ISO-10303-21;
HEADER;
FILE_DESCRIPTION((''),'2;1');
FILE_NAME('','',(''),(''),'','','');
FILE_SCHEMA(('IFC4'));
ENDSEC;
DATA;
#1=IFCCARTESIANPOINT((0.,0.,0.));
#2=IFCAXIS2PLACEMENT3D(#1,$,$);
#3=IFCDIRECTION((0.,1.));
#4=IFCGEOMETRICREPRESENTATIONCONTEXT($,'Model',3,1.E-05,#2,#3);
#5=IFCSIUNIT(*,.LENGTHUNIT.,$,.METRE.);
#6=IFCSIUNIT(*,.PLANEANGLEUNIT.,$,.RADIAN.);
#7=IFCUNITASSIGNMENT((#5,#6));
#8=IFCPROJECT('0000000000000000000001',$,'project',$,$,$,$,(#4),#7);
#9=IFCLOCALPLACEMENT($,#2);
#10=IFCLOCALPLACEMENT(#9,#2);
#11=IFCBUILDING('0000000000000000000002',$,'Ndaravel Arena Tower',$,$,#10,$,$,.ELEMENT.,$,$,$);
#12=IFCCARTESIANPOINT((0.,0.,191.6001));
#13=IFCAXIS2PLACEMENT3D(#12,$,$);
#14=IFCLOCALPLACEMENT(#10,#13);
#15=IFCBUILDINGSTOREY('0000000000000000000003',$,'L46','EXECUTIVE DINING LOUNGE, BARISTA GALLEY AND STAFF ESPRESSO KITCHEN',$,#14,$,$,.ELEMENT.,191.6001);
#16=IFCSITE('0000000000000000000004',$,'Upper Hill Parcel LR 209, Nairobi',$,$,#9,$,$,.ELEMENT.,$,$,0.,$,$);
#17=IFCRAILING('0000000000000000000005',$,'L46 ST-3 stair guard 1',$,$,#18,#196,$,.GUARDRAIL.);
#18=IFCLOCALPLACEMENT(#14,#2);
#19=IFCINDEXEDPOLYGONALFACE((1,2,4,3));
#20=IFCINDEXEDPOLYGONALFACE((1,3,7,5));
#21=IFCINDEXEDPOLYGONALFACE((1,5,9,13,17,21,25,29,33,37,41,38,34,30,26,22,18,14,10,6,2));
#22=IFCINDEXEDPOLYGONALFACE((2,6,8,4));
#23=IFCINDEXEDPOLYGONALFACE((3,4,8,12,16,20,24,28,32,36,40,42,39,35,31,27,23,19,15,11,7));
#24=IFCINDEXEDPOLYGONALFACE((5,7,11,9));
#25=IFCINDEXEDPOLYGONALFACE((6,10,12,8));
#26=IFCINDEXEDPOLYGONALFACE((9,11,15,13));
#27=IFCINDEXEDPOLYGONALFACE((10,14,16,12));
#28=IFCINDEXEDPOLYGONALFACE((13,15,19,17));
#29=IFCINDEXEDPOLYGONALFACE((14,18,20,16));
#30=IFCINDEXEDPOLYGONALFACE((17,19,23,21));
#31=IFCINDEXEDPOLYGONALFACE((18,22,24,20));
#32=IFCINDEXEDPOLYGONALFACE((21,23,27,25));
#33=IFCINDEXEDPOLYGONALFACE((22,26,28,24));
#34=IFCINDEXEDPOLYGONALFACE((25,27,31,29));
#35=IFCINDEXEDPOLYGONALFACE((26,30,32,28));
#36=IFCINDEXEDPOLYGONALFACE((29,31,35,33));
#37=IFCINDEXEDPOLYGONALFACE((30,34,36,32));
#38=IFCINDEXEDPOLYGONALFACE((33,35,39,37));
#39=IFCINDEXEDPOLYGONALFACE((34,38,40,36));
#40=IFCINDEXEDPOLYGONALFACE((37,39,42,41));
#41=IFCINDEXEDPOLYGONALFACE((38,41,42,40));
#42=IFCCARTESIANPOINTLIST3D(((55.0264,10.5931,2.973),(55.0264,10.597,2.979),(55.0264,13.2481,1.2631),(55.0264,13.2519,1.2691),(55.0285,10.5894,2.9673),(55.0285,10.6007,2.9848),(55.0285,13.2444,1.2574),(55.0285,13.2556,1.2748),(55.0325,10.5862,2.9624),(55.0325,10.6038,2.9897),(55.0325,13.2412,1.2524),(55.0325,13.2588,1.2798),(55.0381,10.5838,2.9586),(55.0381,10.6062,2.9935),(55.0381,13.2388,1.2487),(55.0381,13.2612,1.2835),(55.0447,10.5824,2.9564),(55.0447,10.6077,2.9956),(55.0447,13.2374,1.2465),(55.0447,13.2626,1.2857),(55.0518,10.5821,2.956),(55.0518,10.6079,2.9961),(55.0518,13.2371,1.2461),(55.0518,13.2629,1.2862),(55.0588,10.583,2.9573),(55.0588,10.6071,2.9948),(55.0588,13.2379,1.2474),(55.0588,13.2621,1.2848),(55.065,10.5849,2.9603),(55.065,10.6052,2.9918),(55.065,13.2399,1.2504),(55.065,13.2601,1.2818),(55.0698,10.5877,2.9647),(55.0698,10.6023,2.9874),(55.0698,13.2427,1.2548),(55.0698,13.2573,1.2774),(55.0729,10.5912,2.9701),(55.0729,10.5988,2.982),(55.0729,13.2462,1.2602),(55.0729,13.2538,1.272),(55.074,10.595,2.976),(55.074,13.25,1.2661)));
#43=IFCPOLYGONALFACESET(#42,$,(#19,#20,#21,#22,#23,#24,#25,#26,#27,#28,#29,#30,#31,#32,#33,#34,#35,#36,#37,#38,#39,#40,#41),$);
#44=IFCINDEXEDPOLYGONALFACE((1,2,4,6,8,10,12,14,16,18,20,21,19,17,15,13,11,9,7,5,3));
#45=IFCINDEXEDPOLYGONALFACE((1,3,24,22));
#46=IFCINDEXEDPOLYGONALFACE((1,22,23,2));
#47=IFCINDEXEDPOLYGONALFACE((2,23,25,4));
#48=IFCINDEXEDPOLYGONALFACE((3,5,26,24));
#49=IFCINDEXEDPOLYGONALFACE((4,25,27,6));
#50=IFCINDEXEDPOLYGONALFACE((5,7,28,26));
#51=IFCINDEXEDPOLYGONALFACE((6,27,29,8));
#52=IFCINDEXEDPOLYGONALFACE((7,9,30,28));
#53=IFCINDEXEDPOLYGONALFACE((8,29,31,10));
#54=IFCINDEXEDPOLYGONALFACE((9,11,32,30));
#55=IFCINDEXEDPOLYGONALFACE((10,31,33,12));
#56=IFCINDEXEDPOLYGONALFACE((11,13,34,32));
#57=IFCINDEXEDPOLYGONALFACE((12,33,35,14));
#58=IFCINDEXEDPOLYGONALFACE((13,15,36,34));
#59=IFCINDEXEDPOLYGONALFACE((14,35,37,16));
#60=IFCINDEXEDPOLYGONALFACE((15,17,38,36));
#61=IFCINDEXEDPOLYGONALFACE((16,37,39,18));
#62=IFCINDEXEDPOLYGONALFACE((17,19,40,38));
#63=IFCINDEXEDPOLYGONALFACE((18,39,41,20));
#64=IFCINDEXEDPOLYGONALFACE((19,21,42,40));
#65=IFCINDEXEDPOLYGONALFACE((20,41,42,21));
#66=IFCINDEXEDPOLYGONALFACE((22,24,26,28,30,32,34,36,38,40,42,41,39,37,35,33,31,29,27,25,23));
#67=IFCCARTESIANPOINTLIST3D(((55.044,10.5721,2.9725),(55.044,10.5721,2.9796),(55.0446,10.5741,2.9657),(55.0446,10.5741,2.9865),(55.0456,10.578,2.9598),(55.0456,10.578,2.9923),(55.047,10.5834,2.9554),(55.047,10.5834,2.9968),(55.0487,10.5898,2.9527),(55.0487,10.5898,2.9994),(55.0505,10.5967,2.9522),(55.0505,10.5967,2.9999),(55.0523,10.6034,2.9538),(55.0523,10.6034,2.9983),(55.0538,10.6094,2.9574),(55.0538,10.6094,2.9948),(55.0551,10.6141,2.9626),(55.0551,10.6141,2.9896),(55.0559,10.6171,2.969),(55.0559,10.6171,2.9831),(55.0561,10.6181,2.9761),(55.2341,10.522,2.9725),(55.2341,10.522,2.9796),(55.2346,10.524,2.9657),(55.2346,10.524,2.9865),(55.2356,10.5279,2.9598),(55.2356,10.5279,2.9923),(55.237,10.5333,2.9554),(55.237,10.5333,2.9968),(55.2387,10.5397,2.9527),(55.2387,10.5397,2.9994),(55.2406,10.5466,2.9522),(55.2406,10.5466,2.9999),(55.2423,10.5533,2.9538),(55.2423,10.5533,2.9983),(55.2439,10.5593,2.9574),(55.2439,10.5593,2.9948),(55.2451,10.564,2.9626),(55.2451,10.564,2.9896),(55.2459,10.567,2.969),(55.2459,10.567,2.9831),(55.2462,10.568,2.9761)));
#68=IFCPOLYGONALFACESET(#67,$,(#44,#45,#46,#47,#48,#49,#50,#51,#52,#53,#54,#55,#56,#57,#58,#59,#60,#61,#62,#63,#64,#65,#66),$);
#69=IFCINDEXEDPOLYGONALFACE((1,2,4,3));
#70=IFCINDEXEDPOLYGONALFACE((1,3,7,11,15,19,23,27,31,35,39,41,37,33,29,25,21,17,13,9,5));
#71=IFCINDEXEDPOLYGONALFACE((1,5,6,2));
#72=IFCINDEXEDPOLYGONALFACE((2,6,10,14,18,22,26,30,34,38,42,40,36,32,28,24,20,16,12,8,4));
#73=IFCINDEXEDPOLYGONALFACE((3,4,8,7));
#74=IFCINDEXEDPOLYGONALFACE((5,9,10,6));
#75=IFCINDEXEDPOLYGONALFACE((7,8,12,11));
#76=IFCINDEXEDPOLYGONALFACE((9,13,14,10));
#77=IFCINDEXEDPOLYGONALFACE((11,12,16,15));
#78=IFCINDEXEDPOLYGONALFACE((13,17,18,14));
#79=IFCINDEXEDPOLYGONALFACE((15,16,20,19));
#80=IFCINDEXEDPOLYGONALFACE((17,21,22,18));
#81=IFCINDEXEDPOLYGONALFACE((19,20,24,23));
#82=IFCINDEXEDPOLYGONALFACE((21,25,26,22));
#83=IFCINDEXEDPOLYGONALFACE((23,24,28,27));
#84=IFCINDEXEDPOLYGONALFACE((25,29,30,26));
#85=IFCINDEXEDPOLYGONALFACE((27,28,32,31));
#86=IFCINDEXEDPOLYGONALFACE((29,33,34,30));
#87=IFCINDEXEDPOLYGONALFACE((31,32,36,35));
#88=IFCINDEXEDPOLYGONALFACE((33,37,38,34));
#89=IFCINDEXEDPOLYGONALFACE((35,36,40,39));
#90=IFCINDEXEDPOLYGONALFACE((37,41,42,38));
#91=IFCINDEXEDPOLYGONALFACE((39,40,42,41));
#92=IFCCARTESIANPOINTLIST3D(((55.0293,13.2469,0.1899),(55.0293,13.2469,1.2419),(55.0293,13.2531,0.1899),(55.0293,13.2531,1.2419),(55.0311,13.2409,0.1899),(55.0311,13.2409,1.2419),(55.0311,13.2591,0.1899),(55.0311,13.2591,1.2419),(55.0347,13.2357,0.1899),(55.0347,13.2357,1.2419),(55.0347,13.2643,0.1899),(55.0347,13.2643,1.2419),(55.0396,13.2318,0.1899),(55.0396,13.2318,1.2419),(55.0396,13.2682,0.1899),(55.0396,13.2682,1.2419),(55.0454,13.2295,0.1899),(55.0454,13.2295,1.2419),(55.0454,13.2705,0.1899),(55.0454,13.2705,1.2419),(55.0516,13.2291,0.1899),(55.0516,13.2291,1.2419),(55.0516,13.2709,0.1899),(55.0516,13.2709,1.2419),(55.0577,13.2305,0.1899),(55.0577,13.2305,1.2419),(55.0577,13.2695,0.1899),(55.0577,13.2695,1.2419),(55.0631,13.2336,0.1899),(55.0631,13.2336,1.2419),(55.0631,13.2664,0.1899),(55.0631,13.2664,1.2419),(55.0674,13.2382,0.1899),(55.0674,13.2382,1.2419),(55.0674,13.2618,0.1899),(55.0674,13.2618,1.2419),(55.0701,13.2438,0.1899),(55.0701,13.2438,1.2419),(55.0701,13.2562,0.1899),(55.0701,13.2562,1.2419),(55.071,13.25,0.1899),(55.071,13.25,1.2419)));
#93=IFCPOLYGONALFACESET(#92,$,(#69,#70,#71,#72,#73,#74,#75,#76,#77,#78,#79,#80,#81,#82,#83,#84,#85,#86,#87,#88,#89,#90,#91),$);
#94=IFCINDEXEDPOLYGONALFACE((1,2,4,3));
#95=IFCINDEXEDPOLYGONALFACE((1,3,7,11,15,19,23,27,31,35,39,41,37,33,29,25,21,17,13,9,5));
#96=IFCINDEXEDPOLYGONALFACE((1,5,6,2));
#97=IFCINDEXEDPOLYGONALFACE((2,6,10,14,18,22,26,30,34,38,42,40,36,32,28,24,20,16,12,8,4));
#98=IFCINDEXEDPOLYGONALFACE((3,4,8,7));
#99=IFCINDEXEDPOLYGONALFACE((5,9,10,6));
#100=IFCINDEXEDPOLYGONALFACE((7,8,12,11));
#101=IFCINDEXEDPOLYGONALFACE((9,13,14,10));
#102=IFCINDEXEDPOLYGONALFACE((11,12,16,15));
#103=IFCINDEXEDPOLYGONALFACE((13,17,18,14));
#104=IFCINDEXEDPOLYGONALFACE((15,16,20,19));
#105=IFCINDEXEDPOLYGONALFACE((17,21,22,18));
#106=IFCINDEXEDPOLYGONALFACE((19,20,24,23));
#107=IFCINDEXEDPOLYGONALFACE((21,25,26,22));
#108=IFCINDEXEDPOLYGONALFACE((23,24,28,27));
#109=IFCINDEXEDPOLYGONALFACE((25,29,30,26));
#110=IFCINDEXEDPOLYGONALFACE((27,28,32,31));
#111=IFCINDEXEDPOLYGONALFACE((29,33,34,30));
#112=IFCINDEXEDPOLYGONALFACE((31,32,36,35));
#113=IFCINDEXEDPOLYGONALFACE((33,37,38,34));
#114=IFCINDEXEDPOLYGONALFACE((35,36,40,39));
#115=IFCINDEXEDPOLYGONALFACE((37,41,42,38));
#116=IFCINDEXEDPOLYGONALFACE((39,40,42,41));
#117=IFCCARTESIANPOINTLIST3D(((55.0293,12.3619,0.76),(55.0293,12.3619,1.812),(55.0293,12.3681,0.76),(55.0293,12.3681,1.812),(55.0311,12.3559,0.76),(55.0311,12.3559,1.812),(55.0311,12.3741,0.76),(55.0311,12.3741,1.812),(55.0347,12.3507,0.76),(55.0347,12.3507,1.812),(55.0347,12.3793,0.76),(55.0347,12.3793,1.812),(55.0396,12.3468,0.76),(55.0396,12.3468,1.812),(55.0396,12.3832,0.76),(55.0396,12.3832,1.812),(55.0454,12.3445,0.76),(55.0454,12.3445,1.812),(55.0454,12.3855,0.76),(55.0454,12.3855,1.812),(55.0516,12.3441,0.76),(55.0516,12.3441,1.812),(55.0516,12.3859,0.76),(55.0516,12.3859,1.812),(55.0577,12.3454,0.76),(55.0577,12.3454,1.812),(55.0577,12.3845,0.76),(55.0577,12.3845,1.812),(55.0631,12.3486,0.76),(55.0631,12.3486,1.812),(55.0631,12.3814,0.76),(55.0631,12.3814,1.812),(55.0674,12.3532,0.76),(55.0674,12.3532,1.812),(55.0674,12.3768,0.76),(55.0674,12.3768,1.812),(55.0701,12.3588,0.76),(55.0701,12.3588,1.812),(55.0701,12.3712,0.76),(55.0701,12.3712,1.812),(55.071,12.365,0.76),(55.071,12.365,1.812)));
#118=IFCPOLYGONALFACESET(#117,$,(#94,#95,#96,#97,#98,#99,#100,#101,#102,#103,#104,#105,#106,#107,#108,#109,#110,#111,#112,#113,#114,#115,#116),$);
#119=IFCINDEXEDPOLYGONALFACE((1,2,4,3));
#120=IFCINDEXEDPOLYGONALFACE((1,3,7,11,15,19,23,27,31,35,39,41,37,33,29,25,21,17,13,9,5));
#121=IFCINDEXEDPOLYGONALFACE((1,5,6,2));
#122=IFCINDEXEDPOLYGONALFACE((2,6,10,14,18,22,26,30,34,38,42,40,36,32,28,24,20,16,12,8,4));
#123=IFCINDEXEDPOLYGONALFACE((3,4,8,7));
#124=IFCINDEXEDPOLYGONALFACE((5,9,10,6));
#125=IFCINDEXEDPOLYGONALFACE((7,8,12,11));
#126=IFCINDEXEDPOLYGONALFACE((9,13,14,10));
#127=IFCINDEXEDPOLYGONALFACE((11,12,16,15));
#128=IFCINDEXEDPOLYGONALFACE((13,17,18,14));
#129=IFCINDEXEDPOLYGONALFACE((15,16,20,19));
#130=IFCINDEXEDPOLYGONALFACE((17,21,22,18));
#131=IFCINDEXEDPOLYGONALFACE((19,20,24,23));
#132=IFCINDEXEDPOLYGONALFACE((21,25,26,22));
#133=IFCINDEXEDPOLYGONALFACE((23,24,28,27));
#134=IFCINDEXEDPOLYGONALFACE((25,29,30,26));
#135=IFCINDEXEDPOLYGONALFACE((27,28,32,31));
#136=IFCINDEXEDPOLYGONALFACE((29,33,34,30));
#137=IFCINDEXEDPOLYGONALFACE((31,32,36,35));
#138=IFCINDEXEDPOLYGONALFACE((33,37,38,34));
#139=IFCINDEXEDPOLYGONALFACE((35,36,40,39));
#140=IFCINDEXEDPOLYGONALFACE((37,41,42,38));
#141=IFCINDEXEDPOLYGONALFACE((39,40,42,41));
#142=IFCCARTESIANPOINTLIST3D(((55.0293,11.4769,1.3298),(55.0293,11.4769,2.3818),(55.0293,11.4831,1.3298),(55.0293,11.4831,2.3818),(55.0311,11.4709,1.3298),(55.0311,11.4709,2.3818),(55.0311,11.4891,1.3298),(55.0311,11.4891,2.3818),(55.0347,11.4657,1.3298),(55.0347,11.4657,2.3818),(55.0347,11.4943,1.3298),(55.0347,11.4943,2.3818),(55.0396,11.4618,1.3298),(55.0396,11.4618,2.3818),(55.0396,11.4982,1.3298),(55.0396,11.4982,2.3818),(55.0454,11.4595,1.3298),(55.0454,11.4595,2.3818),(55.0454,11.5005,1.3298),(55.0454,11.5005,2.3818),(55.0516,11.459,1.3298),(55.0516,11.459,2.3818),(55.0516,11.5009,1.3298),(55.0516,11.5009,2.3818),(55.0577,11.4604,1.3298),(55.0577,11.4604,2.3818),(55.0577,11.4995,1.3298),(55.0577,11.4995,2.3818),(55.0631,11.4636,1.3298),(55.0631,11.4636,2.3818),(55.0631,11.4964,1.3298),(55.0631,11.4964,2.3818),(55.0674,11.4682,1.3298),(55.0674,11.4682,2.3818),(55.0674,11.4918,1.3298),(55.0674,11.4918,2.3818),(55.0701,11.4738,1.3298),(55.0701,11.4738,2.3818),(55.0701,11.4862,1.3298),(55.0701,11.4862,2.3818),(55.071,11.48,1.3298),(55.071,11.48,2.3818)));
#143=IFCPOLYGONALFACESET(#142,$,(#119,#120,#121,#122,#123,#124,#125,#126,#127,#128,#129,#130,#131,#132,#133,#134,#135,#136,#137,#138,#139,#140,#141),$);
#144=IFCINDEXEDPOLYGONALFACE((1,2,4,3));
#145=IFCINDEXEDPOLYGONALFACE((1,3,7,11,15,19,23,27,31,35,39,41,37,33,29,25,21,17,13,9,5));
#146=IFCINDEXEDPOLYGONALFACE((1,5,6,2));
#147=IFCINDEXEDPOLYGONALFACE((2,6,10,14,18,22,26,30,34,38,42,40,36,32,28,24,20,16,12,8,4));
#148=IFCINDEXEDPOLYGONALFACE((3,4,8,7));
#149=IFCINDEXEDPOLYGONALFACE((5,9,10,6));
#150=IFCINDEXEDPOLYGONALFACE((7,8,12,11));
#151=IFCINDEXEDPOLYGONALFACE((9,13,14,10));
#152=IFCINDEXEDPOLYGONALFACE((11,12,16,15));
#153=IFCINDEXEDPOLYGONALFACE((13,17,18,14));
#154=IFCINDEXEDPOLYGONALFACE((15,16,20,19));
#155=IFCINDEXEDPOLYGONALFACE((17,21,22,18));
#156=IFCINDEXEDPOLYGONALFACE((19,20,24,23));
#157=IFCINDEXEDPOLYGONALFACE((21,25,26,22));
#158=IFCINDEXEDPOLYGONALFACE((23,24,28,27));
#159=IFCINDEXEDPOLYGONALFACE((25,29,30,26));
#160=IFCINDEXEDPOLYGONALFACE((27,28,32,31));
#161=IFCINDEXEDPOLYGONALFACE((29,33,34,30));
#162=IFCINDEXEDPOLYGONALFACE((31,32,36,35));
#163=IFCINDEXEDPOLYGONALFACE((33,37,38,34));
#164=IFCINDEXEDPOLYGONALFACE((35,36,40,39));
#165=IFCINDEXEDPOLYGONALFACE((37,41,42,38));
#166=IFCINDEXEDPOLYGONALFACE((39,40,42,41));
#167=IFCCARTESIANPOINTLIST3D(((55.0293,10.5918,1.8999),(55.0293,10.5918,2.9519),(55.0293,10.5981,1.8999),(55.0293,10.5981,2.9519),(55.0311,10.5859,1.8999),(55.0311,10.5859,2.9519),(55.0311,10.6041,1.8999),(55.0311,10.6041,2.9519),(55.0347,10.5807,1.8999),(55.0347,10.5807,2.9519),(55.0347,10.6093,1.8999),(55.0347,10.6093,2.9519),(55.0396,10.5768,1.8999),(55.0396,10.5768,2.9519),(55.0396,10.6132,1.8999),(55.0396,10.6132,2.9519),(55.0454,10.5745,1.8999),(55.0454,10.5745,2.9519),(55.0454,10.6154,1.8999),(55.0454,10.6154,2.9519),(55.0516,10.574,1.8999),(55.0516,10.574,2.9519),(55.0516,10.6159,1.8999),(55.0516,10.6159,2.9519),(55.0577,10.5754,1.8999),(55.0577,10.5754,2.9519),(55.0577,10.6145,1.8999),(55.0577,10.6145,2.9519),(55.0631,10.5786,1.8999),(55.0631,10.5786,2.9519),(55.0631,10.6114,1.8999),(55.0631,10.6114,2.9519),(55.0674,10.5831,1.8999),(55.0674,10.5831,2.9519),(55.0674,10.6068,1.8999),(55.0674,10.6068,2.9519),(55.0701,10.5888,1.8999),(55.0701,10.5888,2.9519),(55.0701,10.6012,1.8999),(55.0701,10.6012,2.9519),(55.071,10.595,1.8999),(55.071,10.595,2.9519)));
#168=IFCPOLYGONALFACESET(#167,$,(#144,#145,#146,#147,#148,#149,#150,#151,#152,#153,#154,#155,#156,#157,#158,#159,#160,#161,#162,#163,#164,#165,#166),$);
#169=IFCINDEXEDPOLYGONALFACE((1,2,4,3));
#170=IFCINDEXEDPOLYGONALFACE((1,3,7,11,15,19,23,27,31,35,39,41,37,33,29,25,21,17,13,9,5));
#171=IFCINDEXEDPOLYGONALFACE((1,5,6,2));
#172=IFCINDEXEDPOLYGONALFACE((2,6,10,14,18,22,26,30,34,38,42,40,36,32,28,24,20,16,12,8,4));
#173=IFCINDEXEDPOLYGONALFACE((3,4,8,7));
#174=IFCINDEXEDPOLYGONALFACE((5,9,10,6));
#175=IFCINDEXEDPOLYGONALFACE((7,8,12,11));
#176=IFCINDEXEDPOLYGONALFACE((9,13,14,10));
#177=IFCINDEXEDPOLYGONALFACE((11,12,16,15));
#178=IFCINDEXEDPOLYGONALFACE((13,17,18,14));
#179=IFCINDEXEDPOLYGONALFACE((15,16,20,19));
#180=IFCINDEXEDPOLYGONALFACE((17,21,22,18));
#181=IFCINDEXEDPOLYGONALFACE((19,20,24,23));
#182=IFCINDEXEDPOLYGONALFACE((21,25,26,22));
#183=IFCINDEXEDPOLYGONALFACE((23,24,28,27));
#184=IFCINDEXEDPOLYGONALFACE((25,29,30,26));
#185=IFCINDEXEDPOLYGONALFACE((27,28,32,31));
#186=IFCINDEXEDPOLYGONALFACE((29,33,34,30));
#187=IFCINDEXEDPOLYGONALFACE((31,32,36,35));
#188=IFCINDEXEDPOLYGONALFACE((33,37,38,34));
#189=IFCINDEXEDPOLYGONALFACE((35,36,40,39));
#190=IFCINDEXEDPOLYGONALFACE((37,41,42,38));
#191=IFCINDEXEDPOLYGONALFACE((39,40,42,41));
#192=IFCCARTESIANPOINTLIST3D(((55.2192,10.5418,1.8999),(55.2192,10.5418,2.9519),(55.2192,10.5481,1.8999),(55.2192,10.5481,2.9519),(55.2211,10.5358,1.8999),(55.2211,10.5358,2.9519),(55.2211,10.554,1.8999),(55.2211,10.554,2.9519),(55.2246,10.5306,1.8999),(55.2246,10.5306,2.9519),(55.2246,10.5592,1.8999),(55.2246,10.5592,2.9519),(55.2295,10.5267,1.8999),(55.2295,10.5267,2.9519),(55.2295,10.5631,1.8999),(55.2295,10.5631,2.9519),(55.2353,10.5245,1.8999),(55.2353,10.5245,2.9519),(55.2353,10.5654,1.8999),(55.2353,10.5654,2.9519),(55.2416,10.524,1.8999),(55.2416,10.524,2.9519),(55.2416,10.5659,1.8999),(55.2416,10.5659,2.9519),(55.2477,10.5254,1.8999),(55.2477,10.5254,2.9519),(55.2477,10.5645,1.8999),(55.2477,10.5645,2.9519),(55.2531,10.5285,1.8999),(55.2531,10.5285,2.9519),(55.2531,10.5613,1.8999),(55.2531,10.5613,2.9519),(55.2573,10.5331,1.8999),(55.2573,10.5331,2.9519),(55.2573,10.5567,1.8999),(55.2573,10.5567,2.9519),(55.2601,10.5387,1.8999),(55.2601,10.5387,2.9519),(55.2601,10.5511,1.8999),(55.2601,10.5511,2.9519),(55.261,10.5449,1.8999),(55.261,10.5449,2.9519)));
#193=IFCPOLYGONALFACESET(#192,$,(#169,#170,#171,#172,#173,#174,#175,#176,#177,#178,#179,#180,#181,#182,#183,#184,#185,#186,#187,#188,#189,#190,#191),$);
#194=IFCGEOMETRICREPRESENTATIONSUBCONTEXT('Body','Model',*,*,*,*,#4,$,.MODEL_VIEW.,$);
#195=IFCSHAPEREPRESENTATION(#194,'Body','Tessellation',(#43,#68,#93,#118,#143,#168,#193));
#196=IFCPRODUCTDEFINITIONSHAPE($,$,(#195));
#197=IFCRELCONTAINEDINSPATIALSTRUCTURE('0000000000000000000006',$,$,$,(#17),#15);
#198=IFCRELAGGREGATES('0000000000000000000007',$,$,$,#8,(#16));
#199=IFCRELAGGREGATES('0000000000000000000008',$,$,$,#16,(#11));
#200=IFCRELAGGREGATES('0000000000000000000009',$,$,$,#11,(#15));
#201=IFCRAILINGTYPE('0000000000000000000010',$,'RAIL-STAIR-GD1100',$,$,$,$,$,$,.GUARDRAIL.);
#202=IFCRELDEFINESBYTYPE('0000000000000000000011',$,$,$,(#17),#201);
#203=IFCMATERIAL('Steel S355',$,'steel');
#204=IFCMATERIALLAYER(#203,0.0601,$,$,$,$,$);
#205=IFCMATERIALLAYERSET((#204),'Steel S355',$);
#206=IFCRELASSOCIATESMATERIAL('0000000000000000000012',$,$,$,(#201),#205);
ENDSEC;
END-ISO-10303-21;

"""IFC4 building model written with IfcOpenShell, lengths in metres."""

from ifc_helpers import new_model, si_unit, direction, frame, origin, origin_2d, place, context, subcontext, project, spatial, circle, extrude, material, layer, layer_set, type_object, element, save


model = new_model("IFC4")

# Units and contexts
model_context = context("Model", 3, precision=1e-05, world=origin(), true_north=direction((0.0, 1.0)))
body_context = subcontext(model_context, "Body", "Model", "MODEL_VIEW")
ifc_project = project(units=[si_unit("LENGTHUNIT", "METRE"), si_unit("PLANEANGLEUNIT", "RADIAN")], contexts=[model_context])

# Site, building, storey
site_placement = place(None, origin())
site = spatial("IfcSite", under=ifc_project, at=site_placement, Name="Upper Hill Parcel LR 209, Nairobi", CompositionType="ELEMENT", RefElevation=0.0)
building_placement = place(site_placement, origin())
building = spatial("IfcBuilding", under=site, at=building_placement, Name="Ndaravel Arena Tower", CompositionType="ELEMENT")
storey_placement = place(building_placement, frame((0.0, 0.0, 191.6001)))
storey = spatial("IfcBuildingStorey", under=building, at=storey_placement, Name="L46", Description="EXECUTIVE DINING LOUNGE, BARISTA GALLEY AND STAFF ESPRESSO KITCHEN", CompositionType="ELEMENT", Elevation=191.6001)

# Railing
ifc_material_1 = material(Name="Steel S355", Category="steel")
ifc_layer_1 = layer(ifc_material_1, 0.0601)
ifc_layer_set_1 = layer_set([ifc_layer_1], Name="Steel S355")
railing_type_1 = type_object("IfcRailingType", Name="RAIL-STAIR-GD1100", PredefinedType="GUARDRAIL", material=ifc_layer_set_1)
railing_1_placement = place(storey_placement, frame((55.05, 13.25, 0.1899)))
element("IfcRailing", 1, at=railing_1_placement, inside=storey, type_object=railing_type_1, Name="L46 ST-3 stair guard 1", PredefinedType="GUARDRAIL", context=body_context, shape_type="SweptSolid", body=[
    extrude(circle(Radius=0.0239, at=origin_2d()), frame((0.0, 0.0, 1.0762), z_axis=(0.0, -0.840724, 0.541465), x_axis=(1.0, 0.0, 0.0)), (0.0, 0.0, 1.0), 3.158),
    extrude(circle(Radius=0.0239, at=origin_2d()), frame((0.0, -2.655, 2.7861), z_axis=(0.966994, -0.254799, 0.0), x_axis=(0.254799, 0.966994, 0.0)), (0.0, 0.0, 1.0), 0.1965),
    extrude(circle(Radius=0.021, at=origin_2d()), origin(), (0.0, 0.0, 1.0), 1.052),
    extrude(circle(Radius=0.021, at=origin_2d()), frame((0.0, -0.885, 0.5701)), (0.0, 0.0, 1.0), 1.052),
    extrude(circle(Radius=0.021, at=origin_2d()), frame((0.0, -1.77, 1.1399)), (0.0, 0.0, 1.0), 1.052),
    extrude(circle(Radius=0.021, at=origin_2d()), frame((0.0, -2.655, 1.71)), (0.0, 0.0, 1.0), 1.052),
    extrude(circle(Radius=0.021, at=origin_2d()), frame((0.1899, -2.7051, 1.71)), (0.0, 0.0, 1.0), 1.052),
])

save(model, "model.ifc")
